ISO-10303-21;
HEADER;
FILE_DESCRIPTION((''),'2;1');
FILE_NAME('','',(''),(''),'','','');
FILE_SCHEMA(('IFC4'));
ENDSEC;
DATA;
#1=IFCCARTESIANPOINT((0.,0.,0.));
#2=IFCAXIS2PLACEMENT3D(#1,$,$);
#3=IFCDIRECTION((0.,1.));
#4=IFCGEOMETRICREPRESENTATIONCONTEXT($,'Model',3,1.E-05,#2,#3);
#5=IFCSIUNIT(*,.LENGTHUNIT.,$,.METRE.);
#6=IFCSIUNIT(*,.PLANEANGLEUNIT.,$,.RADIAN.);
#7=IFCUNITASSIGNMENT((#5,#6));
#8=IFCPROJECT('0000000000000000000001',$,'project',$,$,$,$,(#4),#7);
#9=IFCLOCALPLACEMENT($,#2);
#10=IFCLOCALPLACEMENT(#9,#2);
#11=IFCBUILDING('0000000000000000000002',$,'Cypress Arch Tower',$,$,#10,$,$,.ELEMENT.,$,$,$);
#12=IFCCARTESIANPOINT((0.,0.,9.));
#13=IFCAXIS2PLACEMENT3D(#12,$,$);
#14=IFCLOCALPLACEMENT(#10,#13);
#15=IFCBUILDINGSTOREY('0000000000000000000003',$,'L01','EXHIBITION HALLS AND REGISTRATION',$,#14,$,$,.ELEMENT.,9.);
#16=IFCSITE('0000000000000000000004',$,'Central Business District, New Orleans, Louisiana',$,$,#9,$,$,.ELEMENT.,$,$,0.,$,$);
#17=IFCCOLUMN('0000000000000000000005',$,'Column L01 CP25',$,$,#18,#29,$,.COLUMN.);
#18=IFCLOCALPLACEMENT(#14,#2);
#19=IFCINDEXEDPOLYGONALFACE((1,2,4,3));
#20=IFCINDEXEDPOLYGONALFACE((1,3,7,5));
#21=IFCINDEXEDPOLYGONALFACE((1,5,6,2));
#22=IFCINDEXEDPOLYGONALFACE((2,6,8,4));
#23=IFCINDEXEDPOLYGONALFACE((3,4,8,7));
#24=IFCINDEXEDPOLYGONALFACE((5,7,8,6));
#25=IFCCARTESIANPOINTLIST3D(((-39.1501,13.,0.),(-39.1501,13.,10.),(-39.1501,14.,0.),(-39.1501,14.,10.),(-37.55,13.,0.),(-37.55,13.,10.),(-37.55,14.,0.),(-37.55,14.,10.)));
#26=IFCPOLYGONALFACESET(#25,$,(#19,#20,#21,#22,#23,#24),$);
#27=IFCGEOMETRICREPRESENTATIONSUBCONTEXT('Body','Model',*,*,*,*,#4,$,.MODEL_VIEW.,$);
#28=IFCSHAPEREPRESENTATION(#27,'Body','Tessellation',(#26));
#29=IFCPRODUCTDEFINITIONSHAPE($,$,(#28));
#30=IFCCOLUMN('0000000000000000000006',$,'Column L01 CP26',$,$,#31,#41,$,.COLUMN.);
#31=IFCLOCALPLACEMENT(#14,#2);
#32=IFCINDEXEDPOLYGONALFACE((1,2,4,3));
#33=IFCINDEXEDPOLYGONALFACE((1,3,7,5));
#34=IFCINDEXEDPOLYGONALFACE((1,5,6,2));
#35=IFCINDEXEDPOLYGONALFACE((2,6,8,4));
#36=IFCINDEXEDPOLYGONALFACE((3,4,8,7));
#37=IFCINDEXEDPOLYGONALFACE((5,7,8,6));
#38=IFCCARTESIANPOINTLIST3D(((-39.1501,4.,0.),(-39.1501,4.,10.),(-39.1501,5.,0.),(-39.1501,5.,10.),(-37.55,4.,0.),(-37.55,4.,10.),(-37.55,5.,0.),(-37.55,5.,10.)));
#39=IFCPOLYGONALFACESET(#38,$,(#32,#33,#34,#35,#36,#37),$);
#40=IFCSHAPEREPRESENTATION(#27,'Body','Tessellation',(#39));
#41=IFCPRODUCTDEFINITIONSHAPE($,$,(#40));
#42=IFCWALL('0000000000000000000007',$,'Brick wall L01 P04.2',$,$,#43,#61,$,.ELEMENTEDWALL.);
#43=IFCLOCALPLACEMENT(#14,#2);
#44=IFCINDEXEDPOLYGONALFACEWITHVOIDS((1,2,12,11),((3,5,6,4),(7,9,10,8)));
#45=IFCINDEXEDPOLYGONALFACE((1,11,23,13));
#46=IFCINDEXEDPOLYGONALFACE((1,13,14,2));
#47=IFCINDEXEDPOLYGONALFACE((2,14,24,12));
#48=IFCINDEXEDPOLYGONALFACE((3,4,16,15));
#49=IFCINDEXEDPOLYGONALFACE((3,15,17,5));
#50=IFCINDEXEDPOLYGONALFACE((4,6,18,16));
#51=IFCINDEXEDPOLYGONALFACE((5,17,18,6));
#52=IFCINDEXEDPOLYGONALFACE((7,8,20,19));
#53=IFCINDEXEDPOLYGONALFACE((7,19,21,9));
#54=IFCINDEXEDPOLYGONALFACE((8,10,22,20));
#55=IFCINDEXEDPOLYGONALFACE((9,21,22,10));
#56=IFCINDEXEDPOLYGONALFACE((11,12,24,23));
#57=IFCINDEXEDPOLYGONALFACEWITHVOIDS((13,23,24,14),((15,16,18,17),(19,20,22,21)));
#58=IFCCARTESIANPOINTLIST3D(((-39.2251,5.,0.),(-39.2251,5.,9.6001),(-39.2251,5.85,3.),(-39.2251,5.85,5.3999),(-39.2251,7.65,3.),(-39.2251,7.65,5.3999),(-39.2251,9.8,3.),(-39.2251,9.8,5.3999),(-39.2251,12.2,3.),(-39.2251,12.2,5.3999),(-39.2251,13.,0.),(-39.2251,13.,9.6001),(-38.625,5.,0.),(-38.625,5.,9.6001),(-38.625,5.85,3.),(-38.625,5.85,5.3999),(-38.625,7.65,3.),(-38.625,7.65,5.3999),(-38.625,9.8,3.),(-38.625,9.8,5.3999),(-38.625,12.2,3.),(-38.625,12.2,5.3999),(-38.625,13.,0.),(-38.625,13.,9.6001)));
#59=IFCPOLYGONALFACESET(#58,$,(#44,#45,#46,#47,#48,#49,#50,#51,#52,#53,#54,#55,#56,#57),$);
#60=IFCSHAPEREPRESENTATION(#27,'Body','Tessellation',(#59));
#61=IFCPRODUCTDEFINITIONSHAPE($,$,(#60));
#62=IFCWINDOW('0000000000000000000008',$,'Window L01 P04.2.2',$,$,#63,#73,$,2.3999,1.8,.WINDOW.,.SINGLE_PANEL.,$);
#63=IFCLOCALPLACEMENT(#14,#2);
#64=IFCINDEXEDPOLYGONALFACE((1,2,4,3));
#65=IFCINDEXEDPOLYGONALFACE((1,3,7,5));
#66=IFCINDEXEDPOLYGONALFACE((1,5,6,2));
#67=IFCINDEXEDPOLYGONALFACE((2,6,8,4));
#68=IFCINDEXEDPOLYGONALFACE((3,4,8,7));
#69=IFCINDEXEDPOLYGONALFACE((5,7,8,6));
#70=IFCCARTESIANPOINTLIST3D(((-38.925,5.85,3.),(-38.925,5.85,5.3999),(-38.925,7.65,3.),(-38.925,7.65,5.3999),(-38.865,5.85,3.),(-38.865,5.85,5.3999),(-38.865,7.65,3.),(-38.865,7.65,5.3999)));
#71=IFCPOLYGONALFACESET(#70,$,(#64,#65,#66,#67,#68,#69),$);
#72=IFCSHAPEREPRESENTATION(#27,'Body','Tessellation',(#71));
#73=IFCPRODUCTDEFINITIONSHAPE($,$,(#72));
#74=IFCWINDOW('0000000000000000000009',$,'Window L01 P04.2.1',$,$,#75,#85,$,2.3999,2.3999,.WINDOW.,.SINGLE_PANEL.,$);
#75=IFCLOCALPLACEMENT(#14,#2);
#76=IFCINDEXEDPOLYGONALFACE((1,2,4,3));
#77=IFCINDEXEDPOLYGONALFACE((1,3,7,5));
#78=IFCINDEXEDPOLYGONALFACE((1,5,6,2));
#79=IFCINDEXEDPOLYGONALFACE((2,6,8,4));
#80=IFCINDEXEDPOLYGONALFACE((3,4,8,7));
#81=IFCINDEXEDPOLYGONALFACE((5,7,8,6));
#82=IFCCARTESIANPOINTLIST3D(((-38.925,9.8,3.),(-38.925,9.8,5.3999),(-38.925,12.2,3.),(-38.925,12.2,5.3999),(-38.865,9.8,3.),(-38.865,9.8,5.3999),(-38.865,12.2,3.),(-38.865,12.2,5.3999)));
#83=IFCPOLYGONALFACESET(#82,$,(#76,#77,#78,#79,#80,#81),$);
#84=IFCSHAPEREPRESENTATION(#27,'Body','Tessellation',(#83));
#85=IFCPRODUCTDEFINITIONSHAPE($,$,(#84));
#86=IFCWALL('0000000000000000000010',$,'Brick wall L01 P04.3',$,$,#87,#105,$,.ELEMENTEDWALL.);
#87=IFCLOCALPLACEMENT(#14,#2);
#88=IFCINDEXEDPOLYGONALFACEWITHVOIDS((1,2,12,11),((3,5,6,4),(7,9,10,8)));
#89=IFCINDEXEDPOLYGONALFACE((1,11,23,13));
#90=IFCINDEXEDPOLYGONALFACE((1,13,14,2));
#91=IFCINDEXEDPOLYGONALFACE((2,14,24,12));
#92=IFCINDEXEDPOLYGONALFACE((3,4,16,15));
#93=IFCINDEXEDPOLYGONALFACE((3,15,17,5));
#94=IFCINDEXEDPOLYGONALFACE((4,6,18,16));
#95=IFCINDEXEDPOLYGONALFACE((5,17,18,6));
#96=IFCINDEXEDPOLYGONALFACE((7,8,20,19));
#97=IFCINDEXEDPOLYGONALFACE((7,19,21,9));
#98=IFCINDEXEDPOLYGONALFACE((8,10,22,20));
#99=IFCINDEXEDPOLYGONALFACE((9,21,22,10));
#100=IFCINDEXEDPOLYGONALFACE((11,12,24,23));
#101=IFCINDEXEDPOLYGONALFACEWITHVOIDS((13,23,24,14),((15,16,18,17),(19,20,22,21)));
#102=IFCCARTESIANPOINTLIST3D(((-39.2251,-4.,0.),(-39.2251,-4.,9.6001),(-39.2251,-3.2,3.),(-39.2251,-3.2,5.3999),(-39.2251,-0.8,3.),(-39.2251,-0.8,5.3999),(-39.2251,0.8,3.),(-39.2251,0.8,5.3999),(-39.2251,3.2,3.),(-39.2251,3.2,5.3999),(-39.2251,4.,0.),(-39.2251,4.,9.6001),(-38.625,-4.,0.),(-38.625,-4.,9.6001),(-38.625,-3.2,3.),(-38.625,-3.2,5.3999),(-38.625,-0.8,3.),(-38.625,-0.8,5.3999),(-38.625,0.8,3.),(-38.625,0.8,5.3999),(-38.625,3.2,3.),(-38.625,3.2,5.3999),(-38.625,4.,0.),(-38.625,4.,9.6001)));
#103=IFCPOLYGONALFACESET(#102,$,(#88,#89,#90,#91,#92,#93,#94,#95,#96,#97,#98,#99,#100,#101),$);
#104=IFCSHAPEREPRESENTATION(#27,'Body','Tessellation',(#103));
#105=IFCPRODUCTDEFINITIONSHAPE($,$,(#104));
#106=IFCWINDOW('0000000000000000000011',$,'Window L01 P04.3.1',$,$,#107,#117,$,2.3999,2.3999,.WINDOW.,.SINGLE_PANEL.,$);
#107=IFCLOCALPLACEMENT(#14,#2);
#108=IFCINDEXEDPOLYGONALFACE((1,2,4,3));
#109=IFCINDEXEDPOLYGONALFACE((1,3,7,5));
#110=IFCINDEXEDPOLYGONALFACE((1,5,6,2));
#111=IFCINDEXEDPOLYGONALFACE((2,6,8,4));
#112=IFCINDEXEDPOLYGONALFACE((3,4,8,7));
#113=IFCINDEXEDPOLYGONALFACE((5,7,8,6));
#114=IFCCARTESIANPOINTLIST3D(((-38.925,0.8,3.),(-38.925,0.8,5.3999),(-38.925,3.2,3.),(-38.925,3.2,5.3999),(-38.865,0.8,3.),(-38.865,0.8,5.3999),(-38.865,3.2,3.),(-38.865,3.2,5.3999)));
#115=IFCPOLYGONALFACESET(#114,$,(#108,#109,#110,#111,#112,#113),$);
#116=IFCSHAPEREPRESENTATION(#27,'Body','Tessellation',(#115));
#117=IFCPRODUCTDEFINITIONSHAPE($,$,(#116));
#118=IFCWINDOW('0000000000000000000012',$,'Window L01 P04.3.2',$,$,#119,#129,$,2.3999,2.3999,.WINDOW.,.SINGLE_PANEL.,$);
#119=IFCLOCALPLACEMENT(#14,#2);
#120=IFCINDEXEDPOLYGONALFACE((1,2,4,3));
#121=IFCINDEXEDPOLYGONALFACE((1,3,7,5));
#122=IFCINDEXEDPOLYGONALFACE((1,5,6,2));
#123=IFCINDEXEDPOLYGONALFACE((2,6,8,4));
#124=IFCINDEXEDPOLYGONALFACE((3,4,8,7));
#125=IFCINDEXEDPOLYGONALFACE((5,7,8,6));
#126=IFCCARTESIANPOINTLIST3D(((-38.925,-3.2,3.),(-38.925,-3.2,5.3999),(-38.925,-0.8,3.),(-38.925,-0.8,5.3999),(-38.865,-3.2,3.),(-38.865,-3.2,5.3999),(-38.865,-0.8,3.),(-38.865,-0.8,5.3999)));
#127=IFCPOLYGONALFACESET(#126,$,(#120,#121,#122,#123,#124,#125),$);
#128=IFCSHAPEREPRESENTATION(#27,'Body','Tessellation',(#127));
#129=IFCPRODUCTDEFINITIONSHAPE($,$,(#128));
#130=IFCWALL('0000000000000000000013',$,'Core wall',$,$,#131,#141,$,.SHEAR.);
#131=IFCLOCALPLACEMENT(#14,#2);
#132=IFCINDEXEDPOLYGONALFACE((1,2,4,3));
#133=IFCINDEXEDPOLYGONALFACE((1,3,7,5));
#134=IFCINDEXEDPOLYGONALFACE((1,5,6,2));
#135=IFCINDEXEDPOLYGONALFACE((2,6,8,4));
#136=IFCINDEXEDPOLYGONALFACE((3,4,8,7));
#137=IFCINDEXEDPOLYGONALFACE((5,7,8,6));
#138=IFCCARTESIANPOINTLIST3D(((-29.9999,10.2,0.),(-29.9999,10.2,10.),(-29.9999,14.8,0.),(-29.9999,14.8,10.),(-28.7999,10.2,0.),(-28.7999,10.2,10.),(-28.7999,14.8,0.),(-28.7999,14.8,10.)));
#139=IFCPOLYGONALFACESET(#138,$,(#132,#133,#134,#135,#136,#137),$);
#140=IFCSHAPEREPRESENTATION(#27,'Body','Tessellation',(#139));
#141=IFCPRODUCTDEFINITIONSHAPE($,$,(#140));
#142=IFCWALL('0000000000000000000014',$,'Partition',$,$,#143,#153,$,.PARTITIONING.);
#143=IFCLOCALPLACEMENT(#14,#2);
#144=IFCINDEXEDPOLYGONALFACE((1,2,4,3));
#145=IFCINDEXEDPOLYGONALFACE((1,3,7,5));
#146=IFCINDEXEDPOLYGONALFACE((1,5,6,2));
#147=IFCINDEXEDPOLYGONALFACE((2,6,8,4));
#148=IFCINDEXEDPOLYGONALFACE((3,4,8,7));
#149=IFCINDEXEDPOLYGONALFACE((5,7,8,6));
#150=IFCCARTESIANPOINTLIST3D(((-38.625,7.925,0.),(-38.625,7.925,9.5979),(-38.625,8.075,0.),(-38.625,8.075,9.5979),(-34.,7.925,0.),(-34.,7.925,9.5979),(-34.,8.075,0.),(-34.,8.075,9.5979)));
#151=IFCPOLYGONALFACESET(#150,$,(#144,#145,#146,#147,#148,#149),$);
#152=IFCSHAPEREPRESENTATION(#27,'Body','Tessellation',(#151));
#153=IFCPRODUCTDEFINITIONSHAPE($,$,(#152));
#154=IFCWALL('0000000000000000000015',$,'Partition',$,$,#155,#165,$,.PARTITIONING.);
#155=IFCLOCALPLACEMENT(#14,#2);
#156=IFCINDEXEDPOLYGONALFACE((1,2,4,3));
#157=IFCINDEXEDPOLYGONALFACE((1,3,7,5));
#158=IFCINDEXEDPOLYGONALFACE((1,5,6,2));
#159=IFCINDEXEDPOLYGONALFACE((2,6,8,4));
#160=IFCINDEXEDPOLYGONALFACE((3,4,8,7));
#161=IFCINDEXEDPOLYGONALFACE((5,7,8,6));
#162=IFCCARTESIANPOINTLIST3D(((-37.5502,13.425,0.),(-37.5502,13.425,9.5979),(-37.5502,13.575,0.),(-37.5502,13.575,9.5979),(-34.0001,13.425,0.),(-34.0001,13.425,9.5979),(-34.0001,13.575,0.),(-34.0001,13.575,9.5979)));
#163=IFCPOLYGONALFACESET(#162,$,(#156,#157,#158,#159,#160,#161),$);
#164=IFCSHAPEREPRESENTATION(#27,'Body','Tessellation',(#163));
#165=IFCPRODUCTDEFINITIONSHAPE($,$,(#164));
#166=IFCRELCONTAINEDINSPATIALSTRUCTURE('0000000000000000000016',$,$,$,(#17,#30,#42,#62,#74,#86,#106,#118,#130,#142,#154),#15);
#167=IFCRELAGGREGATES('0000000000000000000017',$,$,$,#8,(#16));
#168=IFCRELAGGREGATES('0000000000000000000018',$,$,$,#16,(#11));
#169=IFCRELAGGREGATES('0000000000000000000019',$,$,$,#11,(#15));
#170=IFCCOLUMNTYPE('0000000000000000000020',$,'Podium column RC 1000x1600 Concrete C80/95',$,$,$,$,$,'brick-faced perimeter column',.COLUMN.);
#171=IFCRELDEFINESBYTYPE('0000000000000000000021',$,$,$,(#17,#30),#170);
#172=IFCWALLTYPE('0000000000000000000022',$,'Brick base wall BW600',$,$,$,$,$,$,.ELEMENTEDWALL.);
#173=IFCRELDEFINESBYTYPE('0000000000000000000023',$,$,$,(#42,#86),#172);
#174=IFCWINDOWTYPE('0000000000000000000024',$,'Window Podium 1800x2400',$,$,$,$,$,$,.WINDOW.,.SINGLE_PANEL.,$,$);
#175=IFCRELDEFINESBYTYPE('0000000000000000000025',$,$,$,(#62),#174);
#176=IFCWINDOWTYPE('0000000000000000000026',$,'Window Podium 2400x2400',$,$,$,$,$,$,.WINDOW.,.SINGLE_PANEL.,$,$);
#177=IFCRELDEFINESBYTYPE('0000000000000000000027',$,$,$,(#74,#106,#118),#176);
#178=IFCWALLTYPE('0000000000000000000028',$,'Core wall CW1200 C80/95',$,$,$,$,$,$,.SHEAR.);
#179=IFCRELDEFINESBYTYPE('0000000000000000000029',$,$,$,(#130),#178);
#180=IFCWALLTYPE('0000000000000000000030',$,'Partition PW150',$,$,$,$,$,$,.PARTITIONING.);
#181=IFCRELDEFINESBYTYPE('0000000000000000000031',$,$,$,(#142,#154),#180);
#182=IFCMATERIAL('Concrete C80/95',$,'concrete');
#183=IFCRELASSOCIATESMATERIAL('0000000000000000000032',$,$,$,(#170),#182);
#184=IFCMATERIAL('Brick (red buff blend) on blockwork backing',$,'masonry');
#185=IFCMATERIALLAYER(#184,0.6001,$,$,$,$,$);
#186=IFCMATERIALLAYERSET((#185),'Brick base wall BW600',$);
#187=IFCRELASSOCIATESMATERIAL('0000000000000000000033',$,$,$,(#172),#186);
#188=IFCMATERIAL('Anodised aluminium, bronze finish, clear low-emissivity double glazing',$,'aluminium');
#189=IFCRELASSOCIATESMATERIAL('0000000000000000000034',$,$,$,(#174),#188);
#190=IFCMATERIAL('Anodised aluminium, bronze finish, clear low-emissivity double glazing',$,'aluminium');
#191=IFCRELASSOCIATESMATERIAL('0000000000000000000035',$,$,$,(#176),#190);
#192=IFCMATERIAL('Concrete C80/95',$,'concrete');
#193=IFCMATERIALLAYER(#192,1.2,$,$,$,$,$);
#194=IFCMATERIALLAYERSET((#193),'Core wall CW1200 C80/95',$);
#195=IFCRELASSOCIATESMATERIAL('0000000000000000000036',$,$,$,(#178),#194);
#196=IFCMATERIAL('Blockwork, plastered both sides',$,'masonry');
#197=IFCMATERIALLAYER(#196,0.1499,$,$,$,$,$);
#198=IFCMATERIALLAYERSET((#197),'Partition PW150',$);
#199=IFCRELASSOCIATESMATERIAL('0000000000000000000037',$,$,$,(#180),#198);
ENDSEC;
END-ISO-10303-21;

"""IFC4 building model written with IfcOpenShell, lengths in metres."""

from ifc_helpers import new_model, si_unit, direction, frame, frame_2d, origin, origin_2d, place, context, subcontext, project, spatial, rectangle, extrude, material, layer, layer_set, material_profile, profile_set, type_object, element, fill, save


model = new_model("IFC4")

# Units and contexts
model_context = context("Model", 3, precision=1e-05, world=origin(), true_north=direction((0.0, 1.0)))
body_context = subcontext(model_context, "Body", "Model", "MODEL_VIEW")
ifc_project = project(units=[si_unit("LENGTHUNIT", "METRE"), si_unit("PLANEANGLEUNIT", "RADIAN")], contexts=[model_context])

# Site, building, storey
site_placement = place(None, origin())
site = spatial("IfcSite", under=ifc_project, at=site_placement, Name="Central Business District, New Orleans, Louisiana", CompositionType="ELEMENT", RefElevation=0.0)
building_placement = place(site_placement, origin())
building = spatial("IfcBuilding", under=site, at=building_placement, Name="Cypress Arch Tower", CompositionType="ELEMENT")
storey_placement = place(building_placement, frame((0.0, 0.0, 9.0)))
storey = spatial("IfcBuildingStorey", under=building, at=storey_placement, Name="L01", Description="EXHIBITION HALLS AND REGISTRATION", CompositionType="ELEMENT", Elevation=9.0)

# Columns
ifc_material_1 = material(Name="Concrete C80/95", Category="concrete")
ifc_material_profile = material_profile(ifc_material_1, rectangle(XDim=1.0, YDim=1.6001, at=origin_2d()), Name="RC 1000x1600")
ifc_profile_set = profile_set([ifc_material_profile], Name="Concrete C80/95")
column_type = type_object("IfcColumnType", Name="Podium column RC 1000x1600 Concrete C80/95", ElementType="brick-faced perimeter column", PredefinedType="COLUMN", material=ifc_profile_set)
for number, where, z_axis, x_axis, name in (
    (1, (-38.3501, 13.5, 0.0), (0.0, 0.0, 1.0), (0.0, -1.0, 0.0), "Column L01 CP25"),
    (2, (-38.3501, 4.5, 0.0), (0.0, 0.0, 1.0), (0.0, -1.0, 0.0), "Column L01 CP26"),
):
    element("IfcColumn", number, at=place(storey_placement, frame(where, z_axis=z_axis, x_axis=x_axis)), inside=storey, type_object=column_type, Name=name, PredefinedType="COLUMN", context=body_context, shape_type="SweptSolid", body=[
        extrude(rectangle(XDim=1.0, YDim=1.6001, at=origin_2d()), origin(), (0.0, 0.0, 1.0), 10.0),
    ])

# Walls, openings, windows
ifc_material_2 = material(Name="Brick (red buff blend) on blockwork backing", Category="masonry")
ifc_layer_1 = layer(ifc_material_2, 0.6001)
ifc_layer_set_1 = layer_set([ifc_layer_1], Name="Brick base wall BW600")
wall_type_1 = type_object("IfcWallType", Name="Brick base wall BW600", PredefinedType="ELEMENTEDWALL", material=ifc_layer_set_1)
wall_1_placement = place(storey_placement, frame((-38.925, 13.0, 0.0), z_axis=(0.0, 0.0, 1.0), x_axis=(0.0, -1.0, 0.0)))
wall_1 = element("IfcWall", 3, at=wall_1_placement, inside=storey, type_object=wall_type_1, Name="Brick wall L01 P04.2", PredefinedType="ELEMENTEDWALL", context=body_context, shape_type="SweptSolid", body=[
    extrude(rectangle(XDim=8.0, YDim=0.6001, at=frame_2d((4.0, 0.0))), origin(), (0.0, 0.0, 1.0), 9.6001),
])
opening_1_placement = place(wall_1_placement, frame((0.8, 0.0, 3.0)))
opening_1 = element("IfcOpeningElement", 4, at=opening_1_placement, cuts=wall_1, PredefinedType="OPENING", context=body_context, shape_type="SweptSolid", body=[
    extrude(rectangle(XDim=2.3999, YDim=2.3999, at=frame_2d((1.2, 1.2))), frame((0.0, 0.3101, 0.0), z_axis=(0.0, -1.0, 0.0), x_axis=(1.0, 0.0, 0.0)), (0.0, 0.0, 1.0), 0.6201),
])
opening_2_placement = place(wall_1_placement, frame((5.3501, 0.0, 3.0)))
opening_2 = element("IfcOpeningElement", 5, at=opening_2_placement, cuts=wall_1, PredefinedType="OPENING", context=body_context, shape_type="SweptSolid", body=[
    extrude(rectangle(XDim=1.8, YDim=2.3999, at=frame_2d((0.8999, 1.2))), frame((0.0, 0.3101, 0.0), z_axis=(0.0, -1.0, 0.0), x_axis=(1.0, 0.0, 0.0)), (0.0, 0.0, 1.0), 0.6201),
])
ifc_material_3 = material(Name="Anodised aluminium, bronze finish, clear low-emissivity double glazing", Category="aluminium")
window_type_1 = type_object("IfcWindowType", Name="Window Podium 1800x2400", PartitioningType="SINGLE_PANEL", PredefinedType="WINDOW", material=ifc_material_3)
window_1_placement = place(opening_2_placement, origin())
window_1 = element("IfcWindow", 6, at=window_1_placement, inside=storey, type_object=window_type_1, Name="Window L01 P04.2.2", OverallHeight=2.3999, OverallWidth=1.8, PartitioningType="SINGLE_PANEL", PredefinedType="WINDOW", context=body_context, shape_type="SweptSolid", body=[
    extrude(rectangle(XDim=1.8, YDim=2.3999, at=frame_2d((0.8999, 1.2))), frame((0.0, 0.0601, 0.0), z_axis=(0.0, -1.0, 0.0), x_axis=(1.0, 0.0, 0.0)), (0.0, 0.0, 1.0), 0.0601),
])
fill(opening_2, window_1)
ifc_material_4 = material(Name="Anodised aluminium, bronze finish, clear low-emissivity double glazing", Category="aluminium")
window_type_2 = type_object("IfcWindowType", Name="Window Podium 2400x2400", PartitioningType="SINGLE_PANEL", PredefinedType="WINDOW", material=ifc_material_4)
window_2_placement = place(opening_1_placement, origin())
window_2 = element("IfcWindow", 7, at=window_2_placement, inside=storey, type_object=window_type_2, Name="Window L01 P04.2.1", OverallHeight=2.3999, OverallWidth=2.3999, PartitioningType="SINGLE_PANEL", PredefinedType="WINDOW", context=body_context, shape_type="SweptSolid", body=[
    extrude(rectangle(XDim=2.3999, YDim=2.3999, at=frame_2d((1.2, 1.2))), frame((0.0, 0.0601, 0.0), z_axis=(0.0, -1.0, 0.0), x_axis=(1.0, 0.0, 0.0)), (0.0, 0.0, 1.0), 0.0601),
])
fill(opening_1, window_2)
wall_2_placement = place(storey_placement, frame((-38.925, 4.0, 0.0), z_axis=(0.0, 0.0, 1.0), x_axis=(0.0, -1.0, 0.0)))
wall_2 = element("IfcWall", 8, at=wall_2_placement, inside=storey, type_object=wall_type_1, Name="Brick wall L01 P04.3", PredefinedType="ELEMENTEDWALL", context=body_context, shape_type="SweptSolid", body=[
    extrude(rectangle(XDim=8.0, YDim=0.6001, at=frame_2d((4.0, 0.0))), origin(), (0.0, 0.0, 1.0), 9.6001),
])
opening_3_placement = place(wall_2_placement, frame((0.8, 0.0, 3.0)))
opening_3 = element("IfcOpeningElement", 9, at=opening_3_placement, cuts=wall_2, PredefinedType="OPENING", context=body_context, shape_type="SweptSolid", body=[
    extrude(rectangle(XDim=2.3999, YDim=2.3999, at=frame_2d((1.2, 1.2))), frame((0.0, 0.3101, 0.0), z_axis=(0.0, -1.0, 0.0), x_axis=(1.0, 0.0, 0.0)), (0.0, 0.0, 1.0), 0.6201),
])
opening_4_placement = place(wall_2_placement, frame((4.8, 0.0, 3.0)))
opening_4 = element("IfcOpeningElement", 10, at=opening_4_placement, cuts=wall_2, PredefinedType="OPENING", context=body_context, shape_type="SweptSolid", body=[
    extrude(rectangle(XDim=2.3999, YDim=2.3999, at=frame_2d((1.2, 1.2))), frame((0.0, 0.3101, 0.0), z_axis=(0.0, -1.0, 0.0), x_axis=(1.0, 0.0, 0.0)), (0.0, 0.0, 1.0), 0.6201),
])
window_3_placement = place(opening_3_placement, origin())
window_3 = element("IfcWindow", 11, at=window_3_placement, inside=storey, type_object=window_type_2, Name="Window L01 P04.3.1", OverallHeight=2.3999, OverallWidth=2.3999, PartitioningType="SINGLE_PANEL", PredefinedType="WINDOW", context=body_context, shape_type="SweptSolid", body=[
    extrude(rectangle(XDim=2.3999, YDim=2.3999, at=frame_2d((1.2, 1.2))), frame((0.0, 0.0601, 0.0), z_axis=(0.0, -1.0, 0.0), x_axis=(1.0, 0.0, 0.0)), (0.0, 0.0, 1.0), 0.0601),
])
fill(opening_3, window_3)
window_4_placement = place(opening_4_placement, origin())
window_4 = element("IfcWindow", 12, at=window_4_placement, inside=storey, type_object=window_type_2, Name="Window L01 P04.3.2", OverallHeight=2.3999, OverallWidth=2.3999, PartitioningType="SINGLE_PANEL", PredefinedType="WINDOW", context=body_context, shape_type="SweptSolid", body=[
    extrude(rectangle(XDim=2.3999, YDim=2.3999, at=frame_2d((1.2, 1.2))), frame((0.0, 0.0601, 0.0), z_axis=(0.0, -1.0, 0.0), x_axis=(1.0, 0.0, 0.0)), (0.0, 0.0, 1.0), 0.0601),
])
fill(opening_4, window_4)

# Walls
ifc_material_5 = material(Name="Concrete C80/95", Category="concrete")
ifc_layer_2 = layer(ifc_material_5, 1.2)
ifc_layer_set_2 = layer_set([ifc_layer_2], Name="Core wall CW1200 C80/95")
wall_type_2 = type_object("IfcWallType", Name="Core wall CW1200 C80/95", PredefinedType="SHEAR", material=ifc_layer_set_2)
wall_3_placement = place(storey_placement, frame((-29.3999, 10.2, 0.0), z_axis=(0.0, 0.0, 1.0), x_axis=(0.0, 1.0, 0.0)))
element("IfcWall", 13, at=wall_3_placement, inside=storey, type_object=wall_type_2, Name="Core wall", PredefinedType="SHEAR", context=body_context, shape_type="SweptSolid", body=[
    extrude(rectangle(XDim=4.6001, YDim=1.2, at=frame_2d((2.3, 0.0))), origin(), (0.0, 0.0, 1.0), 10.0),
])
ifc_material_6 = material(Name="Blockwork, plastered both sides", Category="masonry")
ifc_layer_3 = layer(ifc_material_6, 0.1499)
ifc_layer_set_3 = layer_set([ifc_layer_3], Name="Partition PW150")
wall_type_3 = type_object("IfcWallType", Name="Partition PW150", PredefinedType="PARTITIONING", material=ifc_layer_set_3)
wall_4_placement = place(storey_placement, frame((-38.625, 8.0, 0.0), z_axis=(0.0, 0.0, 1.0), x_axis=(1.0, 0.0, 0.0)))
element("IfcWall", 14, at=wall_4_placement, inside=storey, type_object=wall_type_3, Name="Partition", PredefinedType="PARTITIONING", context=body_context, shape_type="SweptSolid", body=[
    extrude(rectangle(XDim=4.625, YDim=0.1499, at=frame_2d((2.3125, 0.0))), origin(), (0.0, 0.0, 1.0), 9.5979),
])
wall_5_placement = place(storey_placement, frame((-37.55, 13.5, 0.0), z_axis=(0.0, 0.0, 1.0), x_axis=(1.0, 0.0, 0.0)))
element("IfcWall", 15, at=wall_5_placement, inside=storey, type_object=wall_type_3, Name="Partition", PredefinedType="PARTITIONING", context=body_context, shape_type="SweptSolid", body=[
    extrude(rectangle(XDim=3.55, YDim=0.1499, at=frame_2d((1.7749, 0.0))), origin(), (0.0, 0.0, 1.0), 9.5979),
])

save(model, "model.ifc")
